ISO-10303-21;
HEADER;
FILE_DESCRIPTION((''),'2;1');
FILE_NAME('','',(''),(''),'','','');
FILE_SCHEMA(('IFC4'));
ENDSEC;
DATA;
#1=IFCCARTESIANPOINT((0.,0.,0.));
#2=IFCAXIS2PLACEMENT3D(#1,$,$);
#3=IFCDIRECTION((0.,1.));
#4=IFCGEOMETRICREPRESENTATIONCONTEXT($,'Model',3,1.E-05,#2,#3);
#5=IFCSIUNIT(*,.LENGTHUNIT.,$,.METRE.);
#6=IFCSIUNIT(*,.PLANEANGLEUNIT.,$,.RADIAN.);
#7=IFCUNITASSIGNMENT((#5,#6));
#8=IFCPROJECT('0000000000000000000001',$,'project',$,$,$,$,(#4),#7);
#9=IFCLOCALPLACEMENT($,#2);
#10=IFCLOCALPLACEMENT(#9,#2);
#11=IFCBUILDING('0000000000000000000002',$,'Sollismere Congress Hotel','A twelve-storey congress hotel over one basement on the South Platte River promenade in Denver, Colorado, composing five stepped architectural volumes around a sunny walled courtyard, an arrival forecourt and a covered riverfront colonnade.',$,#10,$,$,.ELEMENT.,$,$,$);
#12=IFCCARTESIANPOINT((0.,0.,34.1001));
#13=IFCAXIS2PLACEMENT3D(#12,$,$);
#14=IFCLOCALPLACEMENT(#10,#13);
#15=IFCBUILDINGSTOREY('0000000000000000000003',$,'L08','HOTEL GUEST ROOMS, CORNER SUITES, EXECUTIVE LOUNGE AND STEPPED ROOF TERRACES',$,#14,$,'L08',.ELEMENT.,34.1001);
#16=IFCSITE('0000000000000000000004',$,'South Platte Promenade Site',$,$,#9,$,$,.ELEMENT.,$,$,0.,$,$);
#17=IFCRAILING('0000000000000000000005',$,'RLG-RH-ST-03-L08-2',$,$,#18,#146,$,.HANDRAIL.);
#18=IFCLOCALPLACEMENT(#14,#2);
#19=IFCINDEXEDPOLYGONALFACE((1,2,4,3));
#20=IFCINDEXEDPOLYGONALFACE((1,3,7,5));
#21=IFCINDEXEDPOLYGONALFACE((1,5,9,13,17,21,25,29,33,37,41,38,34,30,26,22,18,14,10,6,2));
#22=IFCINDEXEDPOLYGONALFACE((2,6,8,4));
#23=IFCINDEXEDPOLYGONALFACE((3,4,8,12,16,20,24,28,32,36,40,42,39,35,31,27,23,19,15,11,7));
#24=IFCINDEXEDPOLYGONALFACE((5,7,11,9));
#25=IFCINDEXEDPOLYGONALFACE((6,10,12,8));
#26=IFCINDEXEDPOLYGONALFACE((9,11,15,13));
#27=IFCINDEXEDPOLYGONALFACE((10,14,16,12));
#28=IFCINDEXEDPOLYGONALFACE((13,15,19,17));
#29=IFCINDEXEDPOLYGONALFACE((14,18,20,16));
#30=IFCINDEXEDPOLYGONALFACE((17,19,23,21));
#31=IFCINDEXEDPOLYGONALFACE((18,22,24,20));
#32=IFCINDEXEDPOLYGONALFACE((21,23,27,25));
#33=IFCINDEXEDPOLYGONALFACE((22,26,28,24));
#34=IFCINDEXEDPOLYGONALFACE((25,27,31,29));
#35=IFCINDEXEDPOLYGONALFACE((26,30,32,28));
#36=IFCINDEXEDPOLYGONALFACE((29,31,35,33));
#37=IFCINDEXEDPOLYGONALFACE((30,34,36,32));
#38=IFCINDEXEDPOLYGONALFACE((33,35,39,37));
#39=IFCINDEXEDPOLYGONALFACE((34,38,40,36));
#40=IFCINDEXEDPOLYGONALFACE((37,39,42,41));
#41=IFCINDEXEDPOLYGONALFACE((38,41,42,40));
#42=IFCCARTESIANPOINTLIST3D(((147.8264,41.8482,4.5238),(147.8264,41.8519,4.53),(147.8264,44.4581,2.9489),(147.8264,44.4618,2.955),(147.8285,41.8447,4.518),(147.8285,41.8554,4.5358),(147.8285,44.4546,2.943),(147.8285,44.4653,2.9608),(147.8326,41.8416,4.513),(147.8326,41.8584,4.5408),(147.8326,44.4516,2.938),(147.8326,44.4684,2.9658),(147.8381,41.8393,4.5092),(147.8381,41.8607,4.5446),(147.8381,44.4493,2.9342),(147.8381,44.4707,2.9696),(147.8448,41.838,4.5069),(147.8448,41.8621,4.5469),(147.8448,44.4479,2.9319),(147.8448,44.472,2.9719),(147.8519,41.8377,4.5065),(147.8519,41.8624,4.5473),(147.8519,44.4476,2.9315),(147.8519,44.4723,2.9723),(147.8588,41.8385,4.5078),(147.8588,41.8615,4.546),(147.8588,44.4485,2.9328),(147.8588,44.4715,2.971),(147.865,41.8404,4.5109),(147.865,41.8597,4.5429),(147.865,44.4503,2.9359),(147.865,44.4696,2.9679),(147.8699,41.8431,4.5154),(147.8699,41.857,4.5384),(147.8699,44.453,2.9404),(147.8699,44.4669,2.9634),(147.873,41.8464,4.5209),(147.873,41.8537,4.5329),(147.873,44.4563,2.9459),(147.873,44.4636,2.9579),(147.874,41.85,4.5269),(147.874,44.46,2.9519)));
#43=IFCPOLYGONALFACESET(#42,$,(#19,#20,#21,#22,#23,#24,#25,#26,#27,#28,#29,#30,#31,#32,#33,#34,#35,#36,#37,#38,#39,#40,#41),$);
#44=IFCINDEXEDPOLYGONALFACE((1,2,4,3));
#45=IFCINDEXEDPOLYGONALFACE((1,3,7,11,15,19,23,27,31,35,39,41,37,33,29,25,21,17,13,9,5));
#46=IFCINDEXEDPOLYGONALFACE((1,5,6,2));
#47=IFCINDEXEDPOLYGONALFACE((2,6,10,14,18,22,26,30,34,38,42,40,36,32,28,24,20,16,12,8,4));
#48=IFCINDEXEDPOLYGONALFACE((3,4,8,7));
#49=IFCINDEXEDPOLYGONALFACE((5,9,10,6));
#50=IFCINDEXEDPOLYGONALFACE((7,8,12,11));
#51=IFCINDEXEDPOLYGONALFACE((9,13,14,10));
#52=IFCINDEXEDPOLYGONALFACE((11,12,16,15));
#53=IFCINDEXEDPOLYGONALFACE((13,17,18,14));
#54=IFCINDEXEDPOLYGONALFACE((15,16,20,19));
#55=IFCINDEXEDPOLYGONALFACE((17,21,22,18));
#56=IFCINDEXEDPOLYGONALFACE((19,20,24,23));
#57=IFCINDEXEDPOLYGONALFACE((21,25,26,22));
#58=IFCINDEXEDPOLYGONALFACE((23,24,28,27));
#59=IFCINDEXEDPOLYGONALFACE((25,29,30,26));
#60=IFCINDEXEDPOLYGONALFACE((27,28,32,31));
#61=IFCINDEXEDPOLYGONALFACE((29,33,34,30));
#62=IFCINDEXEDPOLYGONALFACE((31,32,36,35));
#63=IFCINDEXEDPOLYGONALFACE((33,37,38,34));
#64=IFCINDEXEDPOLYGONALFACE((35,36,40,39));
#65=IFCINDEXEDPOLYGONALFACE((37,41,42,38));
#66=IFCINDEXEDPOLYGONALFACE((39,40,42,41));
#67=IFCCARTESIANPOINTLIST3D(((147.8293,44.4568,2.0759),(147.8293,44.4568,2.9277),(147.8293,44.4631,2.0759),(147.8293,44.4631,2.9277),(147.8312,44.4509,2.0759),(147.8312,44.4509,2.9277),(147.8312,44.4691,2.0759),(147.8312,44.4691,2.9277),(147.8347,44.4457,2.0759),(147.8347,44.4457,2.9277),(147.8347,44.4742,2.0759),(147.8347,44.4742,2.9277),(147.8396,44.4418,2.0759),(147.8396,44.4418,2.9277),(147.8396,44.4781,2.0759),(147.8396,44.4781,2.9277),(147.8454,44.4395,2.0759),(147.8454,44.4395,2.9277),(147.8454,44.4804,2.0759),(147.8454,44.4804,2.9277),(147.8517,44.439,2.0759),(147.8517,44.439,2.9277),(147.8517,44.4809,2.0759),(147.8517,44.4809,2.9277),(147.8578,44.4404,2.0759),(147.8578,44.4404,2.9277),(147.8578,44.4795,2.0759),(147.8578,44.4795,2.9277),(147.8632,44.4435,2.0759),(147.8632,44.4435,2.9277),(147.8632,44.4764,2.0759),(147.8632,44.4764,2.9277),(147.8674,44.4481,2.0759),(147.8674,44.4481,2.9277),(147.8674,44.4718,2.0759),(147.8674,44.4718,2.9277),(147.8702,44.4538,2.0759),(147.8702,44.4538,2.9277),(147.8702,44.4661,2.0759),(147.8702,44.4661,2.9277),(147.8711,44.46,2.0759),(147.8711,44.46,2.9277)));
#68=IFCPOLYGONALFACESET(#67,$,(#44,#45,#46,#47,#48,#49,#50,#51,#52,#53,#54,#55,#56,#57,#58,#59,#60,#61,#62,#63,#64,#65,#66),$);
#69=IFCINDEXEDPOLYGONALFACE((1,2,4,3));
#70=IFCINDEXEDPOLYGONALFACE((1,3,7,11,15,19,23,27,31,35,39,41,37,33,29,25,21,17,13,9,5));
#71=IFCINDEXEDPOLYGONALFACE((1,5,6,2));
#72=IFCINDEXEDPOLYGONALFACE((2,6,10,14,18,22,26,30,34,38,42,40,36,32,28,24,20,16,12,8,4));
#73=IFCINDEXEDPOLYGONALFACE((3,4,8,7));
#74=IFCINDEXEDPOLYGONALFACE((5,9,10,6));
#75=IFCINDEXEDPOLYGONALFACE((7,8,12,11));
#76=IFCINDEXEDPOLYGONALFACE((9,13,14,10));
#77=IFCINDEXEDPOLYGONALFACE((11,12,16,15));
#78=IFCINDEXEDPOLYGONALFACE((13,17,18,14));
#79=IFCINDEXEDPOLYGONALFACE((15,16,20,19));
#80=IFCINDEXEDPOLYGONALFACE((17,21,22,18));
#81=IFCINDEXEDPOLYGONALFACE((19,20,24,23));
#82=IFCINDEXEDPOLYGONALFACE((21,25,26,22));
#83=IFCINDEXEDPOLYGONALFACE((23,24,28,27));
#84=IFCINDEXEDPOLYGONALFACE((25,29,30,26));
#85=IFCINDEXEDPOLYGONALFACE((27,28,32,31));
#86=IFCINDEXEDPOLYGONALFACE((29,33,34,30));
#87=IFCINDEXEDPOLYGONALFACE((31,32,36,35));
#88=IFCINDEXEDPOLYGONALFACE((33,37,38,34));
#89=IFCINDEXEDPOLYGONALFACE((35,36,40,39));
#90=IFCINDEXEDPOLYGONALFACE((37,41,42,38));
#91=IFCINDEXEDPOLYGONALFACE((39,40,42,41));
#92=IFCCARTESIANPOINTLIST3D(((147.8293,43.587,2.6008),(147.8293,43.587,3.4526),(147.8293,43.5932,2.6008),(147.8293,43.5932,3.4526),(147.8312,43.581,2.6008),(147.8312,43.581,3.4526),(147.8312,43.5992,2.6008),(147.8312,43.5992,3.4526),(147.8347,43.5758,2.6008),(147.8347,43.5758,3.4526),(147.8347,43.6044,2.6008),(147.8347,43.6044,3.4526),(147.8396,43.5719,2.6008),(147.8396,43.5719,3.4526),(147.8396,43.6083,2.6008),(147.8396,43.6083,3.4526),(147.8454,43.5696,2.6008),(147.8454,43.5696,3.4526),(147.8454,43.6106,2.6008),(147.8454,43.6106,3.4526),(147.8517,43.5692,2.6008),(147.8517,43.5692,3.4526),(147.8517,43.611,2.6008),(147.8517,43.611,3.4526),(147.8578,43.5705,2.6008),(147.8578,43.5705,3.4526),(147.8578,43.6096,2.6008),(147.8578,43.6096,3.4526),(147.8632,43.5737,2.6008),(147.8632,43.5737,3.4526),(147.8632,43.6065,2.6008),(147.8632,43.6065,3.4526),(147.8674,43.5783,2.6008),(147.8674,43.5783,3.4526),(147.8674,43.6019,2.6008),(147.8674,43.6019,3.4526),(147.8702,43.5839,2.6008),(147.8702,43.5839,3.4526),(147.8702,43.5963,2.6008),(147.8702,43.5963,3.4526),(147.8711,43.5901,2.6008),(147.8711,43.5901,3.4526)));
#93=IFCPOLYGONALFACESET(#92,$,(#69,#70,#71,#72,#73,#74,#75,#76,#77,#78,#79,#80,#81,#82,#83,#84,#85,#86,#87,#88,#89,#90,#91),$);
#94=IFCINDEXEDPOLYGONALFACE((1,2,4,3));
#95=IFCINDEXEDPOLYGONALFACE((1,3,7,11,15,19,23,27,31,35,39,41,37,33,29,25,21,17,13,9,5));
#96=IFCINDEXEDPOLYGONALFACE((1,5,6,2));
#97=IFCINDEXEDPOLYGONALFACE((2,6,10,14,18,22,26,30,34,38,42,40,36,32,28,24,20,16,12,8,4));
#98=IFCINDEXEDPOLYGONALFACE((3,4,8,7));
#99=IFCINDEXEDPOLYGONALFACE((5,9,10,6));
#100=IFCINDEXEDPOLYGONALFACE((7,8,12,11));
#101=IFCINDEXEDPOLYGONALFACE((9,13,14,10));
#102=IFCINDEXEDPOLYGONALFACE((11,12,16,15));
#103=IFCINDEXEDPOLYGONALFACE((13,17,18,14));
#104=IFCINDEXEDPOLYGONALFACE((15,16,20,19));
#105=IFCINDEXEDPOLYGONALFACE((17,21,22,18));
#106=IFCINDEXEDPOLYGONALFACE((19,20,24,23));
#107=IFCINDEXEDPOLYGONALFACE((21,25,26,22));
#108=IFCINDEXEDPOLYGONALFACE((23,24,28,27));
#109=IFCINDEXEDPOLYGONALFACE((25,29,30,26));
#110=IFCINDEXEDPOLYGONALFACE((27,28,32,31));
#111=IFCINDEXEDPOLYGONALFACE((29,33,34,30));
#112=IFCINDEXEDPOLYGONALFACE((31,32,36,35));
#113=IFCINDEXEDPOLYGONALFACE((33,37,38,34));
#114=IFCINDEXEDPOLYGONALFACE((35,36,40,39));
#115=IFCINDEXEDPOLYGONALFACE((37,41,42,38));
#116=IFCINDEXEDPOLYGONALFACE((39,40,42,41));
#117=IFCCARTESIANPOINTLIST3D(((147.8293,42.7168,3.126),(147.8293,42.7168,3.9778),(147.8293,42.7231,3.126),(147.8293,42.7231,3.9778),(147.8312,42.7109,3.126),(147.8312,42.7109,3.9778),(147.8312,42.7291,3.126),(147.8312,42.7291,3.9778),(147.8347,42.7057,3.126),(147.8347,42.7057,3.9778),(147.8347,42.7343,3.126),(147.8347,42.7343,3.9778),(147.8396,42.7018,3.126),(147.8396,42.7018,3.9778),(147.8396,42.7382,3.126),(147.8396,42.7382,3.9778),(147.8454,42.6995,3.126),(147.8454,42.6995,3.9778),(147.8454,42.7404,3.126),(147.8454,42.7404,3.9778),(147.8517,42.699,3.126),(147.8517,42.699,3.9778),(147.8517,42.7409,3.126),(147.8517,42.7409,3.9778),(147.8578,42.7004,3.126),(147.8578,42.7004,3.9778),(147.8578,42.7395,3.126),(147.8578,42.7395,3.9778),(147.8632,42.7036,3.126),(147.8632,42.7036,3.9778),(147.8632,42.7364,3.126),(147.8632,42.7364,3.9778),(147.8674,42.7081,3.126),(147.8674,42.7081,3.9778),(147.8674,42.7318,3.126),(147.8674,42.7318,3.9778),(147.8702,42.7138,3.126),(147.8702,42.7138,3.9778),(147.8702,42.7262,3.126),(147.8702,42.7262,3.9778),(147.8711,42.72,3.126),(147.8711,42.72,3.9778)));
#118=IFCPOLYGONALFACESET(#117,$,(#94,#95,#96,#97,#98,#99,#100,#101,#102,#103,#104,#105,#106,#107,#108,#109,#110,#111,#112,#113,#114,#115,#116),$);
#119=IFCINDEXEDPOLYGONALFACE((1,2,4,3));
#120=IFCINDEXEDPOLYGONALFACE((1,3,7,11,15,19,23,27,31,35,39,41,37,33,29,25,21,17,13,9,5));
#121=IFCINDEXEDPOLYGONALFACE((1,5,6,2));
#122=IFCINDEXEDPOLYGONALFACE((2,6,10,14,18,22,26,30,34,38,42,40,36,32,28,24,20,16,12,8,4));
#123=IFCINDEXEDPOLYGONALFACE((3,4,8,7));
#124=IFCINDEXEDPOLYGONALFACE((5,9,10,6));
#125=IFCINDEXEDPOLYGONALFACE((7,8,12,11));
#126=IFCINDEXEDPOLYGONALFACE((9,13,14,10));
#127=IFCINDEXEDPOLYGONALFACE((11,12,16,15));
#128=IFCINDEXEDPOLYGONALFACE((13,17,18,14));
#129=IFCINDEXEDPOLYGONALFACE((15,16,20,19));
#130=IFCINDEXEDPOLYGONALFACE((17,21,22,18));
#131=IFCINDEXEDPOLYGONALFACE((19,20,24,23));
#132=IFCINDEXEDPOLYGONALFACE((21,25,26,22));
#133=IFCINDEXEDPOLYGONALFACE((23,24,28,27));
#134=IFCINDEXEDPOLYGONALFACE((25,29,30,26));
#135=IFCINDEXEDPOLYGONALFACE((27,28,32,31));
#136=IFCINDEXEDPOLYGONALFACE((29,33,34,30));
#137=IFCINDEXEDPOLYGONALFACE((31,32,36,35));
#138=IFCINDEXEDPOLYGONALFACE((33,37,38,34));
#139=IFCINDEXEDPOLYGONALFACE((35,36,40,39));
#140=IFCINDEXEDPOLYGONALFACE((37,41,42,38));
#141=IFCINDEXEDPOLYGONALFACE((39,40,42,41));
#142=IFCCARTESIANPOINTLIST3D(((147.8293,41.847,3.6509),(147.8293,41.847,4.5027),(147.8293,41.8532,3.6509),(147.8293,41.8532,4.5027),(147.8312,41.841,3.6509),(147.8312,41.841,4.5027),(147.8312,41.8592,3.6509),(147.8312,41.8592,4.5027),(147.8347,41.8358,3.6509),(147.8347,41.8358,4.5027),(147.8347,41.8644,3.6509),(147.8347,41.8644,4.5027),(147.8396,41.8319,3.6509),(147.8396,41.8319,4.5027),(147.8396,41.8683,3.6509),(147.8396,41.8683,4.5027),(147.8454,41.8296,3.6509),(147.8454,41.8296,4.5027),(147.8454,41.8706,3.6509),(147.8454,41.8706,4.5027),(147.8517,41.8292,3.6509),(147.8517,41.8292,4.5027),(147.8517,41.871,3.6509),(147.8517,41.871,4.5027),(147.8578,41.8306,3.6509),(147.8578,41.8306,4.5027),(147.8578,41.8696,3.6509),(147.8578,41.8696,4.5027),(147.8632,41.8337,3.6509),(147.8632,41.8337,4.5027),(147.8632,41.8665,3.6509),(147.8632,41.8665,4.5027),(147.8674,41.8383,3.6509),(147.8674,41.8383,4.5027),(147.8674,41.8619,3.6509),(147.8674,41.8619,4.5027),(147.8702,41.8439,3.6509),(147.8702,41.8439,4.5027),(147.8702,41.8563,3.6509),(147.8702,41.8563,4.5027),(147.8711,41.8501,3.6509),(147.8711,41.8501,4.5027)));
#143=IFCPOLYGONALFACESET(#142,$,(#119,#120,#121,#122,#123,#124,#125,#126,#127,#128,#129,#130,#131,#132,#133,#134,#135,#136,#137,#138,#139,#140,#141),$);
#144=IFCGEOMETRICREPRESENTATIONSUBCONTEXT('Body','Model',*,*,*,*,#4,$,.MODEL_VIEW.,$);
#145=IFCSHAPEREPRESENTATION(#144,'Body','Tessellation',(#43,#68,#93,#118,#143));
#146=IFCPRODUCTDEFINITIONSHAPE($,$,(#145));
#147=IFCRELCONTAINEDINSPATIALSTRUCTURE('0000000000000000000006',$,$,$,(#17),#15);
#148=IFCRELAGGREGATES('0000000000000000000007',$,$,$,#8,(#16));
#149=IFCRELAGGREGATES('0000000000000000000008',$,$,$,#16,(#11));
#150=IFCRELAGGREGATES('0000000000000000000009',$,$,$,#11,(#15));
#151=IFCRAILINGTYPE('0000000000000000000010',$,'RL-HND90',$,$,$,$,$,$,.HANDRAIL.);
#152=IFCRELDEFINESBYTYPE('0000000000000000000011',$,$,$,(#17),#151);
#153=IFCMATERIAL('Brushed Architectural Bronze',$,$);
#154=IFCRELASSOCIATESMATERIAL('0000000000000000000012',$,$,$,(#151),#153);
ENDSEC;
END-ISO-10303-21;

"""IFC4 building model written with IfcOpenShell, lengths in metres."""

from ifc_helpers import new_model, si_unit, direction, frame, origin, origin_2d, place, context, subcontext, project, spatial, circle, extrude, material, type_object, element, save


model = new_model("IFC4")

# Units and contexts
model_context = context("Model", 3, precision=1e-05, world=origin(), true_north=direction((0.0, 1.0)))
body_context = subcontext(model_context, "Body", "Model", "MODEL_VIEW")
ifc_project = project(units=[si_unit("LENGTHUNIT", "METRE"), si_unit("PLANEANGLEUNIT", "RADIAN")], contexts=[model_context])

# Site, building, storey
site_placement = place(None, origin())
site = spatial("IfcSite", under=ifc_project, at=site_placement, Name="South Platte Promenade Site", CompositionType="ELEMENT", RefElevation=0.0)
building_placement = place(site_placement, origin())
building = spatial("IfcBuilding", under=site, at=building_placement, Name="Sollismere Congress Hotel", Description="A twelve-storey congress hotel over one basement on the South Platte River promenade in Denver, Colorado, composing five stepped architectural volumes around a sunny walled courtyard, an arrival forecourt and a covered riverfront colonnade.", CompositionType="ELEMENT")
storey_placement = place(building_placement, frame((0.0, 0.0, 34.1001)))
storey = spatial("IfcBuildingStorey", under=building, at=storey_placement, Name="L08", Description="HOTEL GUEST ROOMS, CORNER SUITES, EXECUTIVE LOUNGE AND STEPPED ROOF TERRACES", LongName="L08", CompositionType="ELEMENT", Elevation=34.1001)

# Railing
ifc_material_1 = material(Name="Brushed Architectural Bronze")
railing_type_1 = type_object("IfcRailingType", Name="RL-HND90", PredefinedType="HANDRAIL", material=ifc_material_1)
railing_1_placement = place(storey_placement, frame((147.8501, 44.46, 2.0759)))
element("IfcRailing", 1, at=railing_1_placement, inside=storey, type_object=railing_type_1, Name="RLG-RH-ST-03-L08-2", PredefinedType="HANDRAIL", context=body_context, shape_type="SweptSolid", body=[
    extrude(circle(Radius=0.0239, at=origin_2d()), frame((0.0, 0.0, 0.876), z_axis=(0.0, -0.856183, 0.516673), x_axis=(1.0, 0.0, 0.0)), (0.0, 0.0, 1.0), 3.0483),
    extrude(circle(Radius=0.021, at=origin_2d()), origin(), (0.0, 0.0, 1.0), 0.8518),
    extrude(circle(Radius=0.021, at=origin_2d()), frame((0.0, -0.8699, 0.5249)), (0.0, 0.0, 1.0), 0.8518),
    extrude(circle(Radius=0.021, at=origin_2d()), frame((0.0, -1.74, 1.05)), (0.0, 0.0, 1.0), 0.8518),
    extrude(circle(Radius=0.021, at=origin_2d()), frame((0.0, -2.6099, 1.575)), (0.0, 0.0, 1.0), 0.8518),
])

save(model, "model.ifc")
